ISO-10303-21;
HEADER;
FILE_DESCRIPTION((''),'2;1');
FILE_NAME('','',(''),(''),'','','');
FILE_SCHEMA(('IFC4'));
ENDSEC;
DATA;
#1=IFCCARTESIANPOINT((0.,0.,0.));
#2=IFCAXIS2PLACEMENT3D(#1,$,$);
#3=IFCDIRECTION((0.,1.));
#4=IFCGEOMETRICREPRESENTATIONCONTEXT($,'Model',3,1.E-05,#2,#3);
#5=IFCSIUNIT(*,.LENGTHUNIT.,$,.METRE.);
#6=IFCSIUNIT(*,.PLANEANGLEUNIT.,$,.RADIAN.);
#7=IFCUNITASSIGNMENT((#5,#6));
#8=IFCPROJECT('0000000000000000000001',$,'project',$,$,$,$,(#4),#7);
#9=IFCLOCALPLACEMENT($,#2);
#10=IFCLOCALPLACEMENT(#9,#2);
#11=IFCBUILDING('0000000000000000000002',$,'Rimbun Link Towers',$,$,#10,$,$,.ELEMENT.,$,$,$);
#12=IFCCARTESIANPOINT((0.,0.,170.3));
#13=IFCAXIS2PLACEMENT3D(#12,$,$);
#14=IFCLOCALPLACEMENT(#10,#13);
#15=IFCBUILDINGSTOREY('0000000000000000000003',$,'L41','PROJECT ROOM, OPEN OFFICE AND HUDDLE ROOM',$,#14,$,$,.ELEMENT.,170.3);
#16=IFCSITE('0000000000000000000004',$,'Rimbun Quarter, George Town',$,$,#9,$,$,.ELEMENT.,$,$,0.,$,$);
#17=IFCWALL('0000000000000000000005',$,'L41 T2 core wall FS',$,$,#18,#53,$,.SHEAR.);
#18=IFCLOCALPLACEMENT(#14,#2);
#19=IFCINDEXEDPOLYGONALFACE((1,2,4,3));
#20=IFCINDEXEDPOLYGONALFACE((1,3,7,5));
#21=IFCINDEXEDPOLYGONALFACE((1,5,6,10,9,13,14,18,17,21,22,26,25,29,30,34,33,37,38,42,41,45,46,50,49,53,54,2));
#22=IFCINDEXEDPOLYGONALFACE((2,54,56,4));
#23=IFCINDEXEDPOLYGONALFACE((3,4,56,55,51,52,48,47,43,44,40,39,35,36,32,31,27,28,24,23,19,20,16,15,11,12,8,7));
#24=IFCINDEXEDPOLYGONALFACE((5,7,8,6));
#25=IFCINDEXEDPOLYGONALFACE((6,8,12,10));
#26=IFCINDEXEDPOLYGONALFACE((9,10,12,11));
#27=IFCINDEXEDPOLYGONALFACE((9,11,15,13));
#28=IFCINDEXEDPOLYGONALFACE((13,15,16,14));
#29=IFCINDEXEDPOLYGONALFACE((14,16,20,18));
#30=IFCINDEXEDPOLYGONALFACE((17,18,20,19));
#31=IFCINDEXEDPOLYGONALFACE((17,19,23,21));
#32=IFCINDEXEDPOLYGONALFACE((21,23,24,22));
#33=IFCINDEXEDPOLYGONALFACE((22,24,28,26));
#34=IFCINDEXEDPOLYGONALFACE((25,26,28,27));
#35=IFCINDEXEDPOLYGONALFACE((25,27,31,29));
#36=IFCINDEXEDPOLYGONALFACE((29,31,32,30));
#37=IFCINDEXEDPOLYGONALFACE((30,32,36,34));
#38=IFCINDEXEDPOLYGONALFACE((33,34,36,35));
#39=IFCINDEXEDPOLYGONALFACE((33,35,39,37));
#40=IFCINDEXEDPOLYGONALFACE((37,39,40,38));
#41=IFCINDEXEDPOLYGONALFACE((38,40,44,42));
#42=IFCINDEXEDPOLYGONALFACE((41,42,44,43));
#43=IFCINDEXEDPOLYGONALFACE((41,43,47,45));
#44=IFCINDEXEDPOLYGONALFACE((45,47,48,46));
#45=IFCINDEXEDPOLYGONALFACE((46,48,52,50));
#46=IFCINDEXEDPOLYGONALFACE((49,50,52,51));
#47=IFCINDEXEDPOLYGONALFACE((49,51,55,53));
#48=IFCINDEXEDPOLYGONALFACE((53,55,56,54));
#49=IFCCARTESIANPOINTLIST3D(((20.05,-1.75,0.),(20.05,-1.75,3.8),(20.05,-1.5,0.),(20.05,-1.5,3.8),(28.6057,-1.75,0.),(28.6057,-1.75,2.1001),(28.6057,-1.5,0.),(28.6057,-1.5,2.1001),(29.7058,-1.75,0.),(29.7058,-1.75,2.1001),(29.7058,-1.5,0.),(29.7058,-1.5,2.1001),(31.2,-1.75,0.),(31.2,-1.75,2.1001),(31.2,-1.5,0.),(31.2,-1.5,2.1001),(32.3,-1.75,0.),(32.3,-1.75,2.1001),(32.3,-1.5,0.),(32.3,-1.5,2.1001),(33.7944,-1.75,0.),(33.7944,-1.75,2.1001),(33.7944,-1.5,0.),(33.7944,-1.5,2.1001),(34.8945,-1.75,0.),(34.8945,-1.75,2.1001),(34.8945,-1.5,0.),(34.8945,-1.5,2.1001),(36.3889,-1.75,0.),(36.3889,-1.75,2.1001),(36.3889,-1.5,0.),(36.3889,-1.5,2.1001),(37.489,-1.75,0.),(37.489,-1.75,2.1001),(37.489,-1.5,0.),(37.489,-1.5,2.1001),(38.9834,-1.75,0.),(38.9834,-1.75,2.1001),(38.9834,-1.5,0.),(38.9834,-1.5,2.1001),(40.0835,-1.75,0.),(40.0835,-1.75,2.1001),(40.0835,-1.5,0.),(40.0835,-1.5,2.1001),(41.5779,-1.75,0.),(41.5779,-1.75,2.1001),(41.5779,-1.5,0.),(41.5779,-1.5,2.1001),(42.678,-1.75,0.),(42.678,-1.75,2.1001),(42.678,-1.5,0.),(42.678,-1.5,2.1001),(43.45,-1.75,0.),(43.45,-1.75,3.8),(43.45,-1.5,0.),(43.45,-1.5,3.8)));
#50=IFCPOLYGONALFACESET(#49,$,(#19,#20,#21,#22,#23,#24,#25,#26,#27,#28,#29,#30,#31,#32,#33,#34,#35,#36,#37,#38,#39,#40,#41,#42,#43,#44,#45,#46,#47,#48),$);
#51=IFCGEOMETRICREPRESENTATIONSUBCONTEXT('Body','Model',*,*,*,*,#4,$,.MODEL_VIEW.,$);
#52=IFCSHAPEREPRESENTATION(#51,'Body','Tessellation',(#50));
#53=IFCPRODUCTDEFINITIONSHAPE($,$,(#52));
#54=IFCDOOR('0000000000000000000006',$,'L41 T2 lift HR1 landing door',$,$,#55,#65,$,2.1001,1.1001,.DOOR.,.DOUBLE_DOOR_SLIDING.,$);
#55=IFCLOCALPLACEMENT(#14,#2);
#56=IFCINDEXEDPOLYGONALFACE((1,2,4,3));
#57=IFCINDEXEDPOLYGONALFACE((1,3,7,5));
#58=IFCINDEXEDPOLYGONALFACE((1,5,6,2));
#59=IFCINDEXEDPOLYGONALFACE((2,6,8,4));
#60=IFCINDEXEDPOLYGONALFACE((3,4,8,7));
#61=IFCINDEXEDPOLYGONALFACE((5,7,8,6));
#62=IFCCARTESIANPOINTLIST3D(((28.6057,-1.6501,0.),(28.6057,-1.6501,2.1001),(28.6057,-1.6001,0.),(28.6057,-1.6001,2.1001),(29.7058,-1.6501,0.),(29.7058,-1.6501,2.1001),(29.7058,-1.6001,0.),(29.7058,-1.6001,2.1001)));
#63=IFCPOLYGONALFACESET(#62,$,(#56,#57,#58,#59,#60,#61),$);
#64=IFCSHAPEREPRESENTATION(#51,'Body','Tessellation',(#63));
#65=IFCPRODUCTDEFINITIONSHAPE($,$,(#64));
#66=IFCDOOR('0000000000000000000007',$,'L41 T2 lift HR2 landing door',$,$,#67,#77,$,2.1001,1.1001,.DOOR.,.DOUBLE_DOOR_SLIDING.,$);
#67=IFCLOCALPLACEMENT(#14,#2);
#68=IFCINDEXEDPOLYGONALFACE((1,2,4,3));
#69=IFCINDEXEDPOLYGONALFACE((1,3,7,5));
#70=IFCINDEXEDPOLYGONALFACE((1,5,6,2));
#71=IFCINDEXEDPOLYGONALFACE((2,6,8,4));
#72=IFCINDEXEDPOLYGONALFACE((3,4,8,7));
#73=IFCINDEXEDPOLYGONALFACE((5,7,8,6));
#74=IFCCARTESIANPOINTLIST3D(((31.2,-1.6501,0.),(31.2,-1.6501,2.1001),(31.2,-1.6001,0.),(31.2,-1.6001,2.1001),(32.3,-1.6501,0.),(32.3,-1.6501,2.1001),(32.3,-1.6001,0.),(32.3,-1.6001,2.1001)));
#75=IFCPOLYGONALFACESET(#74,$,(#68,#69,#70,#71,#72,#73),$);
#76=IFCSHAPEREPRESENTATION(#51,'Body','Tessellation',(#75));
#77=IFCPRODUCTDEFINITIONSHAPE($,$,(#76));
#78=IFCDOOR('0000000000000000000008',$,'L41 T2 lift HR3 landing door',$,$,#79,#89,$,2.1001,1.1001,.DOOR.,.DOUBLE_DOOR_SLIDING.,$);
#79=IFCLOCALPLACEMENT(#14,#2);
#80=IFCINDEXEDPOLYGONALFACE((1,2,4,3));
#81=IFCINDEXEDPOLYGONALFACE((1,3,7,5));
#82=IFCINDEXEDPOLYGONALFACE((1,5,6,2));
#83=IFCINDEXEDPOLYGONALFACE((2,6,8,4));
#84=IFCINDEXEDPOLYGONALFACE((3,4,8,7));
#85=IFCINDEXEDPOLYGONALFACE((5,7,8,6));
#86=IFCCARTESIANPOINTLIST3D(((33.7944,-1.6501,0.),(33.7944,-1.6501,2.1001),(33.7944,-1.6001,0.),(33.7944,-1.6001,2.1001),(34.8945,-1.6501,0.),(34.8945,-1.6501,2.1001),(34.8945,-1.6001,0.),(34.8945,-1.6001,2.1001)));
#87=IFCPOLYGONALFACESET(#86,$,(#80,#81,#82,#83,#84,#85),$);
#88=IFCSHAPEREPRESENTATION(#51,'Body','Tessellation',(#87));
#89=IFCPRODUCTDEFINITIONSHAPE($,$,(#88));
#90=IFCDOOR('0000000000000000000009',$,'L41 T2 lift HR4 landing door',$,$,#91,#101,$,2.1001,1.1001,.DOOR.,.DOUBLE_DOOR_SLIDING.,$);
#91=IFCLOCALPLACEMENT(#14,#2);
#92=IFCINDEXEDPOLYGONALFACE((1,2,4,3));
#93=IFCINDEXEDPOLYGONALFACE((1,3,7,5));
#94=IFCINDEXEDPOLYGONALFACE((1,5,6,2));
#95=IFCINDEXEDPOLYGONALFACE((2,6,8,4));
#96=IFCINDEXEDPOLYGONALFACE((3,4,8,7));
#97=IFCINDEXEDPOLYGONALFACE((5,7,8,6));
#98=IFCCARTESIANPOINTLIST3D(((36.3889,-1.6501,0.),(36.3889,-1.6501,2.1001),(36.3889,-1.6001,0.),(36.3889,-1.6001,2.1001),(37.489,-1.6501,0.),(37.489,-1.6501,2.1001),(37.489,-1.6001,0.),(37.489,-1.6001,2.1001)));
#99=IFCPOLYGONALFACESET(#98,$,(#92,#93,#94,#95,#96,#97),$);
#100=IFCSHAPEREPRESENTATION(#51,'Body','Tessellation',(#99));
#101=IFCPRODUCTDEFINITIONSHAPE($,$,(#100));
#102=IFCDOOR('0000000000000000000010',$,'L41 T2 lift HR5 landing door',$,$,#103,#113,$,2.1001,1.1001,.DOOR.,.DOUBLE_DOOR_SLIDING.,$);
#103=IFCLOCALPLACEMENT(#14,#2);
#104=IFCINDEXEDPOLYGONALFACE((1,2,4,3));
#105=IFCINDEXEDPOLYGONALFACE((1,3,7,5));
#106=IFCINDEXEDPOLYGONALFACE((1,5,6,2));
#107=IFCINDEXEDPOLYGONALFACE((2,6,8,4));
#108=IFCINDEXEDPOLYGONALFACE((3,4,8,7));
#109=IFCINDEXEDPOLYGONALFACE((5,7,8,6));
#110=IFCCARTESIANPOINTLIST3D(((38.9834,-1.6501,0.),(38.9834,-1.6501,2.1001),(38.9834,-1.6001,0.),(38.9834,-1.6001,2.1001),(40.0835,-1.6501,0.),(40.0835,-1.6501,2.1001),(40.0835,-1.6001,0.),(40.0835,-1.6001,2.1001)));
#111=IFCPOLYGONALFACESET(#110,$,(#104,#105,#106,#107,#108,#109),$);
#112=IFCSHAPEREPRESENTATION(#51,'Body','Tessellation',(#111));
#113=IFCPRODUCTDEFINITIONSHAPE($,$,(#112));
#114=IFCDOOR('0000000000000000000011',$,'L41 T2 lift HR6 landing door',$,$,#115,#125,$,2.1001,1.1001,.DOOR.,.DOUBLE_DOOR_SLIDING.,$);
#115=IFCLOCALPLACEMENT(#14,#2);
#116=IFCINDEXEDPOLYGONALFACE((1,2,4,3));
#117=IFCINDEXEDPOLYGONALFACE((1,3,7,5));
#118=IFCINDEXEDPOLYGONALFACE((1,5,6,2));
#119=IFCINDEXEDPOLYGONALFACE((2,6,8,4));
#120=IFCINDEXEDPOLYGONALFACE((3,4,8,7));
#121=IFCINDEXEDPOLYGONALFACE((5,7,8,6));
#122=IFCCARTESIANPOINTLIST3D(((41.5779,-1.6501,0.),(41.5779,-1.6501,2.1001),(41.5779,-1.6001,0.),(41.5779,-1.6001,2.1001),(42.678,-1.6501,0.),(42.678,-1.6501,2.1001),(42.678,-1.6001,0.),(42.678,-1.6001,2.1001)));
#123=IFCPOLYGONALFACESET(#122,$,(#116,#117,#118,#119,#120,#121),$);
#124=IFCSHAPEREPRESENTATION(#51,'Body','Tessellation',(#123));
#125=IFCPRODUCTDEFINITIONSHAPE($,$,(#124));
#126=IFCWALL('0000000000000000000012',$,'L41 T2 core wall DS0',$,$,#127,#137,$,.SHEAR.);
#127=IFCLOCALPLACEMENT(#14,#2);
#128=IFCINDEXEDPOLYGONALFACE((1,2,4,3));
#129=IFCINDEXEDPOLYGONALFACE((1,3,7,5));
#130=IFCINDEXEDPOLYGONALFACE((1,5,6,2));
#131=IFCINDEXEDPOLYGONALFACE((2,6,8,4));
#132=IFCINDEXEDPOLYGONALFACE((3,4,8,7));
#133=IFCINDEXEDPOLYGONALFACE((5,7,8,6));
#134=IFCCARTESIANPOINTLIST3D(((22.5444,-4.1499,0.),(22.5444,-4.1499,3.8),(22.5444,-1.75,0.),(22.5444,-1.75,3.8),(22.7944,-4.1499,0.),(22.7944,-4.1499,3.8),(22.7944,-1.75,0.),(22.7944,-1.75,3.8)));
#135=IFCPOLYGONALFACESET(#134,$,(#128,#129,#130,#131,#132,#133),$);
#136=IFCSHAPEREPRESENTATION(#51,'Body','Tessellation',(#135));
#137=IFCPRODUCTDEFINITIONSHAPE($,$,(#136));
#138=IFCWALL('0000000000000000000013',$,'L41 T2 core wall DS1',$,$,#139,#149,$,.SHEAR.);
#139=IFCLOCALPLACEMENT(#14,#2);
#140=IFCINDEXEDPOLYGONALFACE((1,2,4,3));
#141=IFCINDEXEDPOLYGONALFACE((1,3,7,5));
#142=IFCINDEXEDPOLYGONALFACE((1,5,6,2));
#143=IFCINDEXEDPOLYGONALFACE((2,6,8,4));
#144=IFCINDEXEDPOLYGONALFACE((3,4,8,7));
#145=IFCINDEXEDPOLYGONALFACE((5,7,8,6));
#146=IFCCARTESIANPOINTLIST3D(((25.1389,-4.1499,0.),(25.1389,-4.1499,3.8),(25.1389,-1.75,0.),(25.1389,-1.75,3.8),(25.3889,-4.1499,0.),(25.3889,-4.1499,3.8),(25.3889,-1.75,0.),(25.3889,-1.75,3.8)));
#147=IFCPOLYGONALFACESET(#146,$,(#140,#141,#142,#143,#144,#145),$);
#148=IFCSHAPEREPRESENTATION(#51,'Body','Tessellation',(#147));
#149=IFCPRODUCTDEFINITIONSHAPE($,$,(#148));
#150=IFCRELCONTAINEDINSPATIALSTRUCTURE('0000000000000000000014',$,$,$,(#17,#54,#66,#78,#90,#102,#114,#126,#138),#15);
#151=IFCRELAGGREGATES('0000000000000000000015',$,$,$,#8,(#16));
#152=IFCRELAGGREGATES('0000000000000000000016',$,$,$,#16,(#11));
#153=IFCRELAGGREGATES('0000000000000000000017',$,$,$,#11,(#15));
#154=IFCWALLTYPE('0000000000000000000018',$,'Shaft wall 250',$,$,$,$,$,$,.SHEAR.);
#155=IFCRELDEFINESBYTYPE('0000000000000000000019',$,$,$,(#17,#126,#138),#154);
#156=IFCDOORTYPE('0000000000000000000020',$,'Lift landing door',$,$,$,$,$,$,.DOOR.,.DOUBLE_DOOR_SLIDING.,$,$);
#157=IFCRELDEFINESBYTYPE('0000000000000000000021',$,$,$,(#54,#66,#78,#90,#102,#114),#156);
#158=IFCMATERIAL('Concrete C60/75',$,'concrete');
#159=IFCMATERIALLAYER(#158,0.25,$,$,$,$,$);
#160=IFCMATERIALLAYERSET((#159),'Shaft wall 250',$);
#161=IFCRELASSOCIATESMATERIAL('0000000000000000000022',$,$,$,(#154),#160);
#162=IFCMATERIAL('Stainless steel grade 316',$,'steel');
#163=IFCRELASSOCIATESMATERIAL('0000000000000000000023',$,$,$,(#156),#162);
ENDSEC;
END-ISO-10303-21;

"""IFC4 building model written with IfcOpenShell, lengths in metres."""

from ifc_helpers import new_model, si_unit, direction, frame, frame_2d, origin, place, context, subcontext, project, spatial, rectangle, extrude, material, layer, layer_set, type_object, element, fill, save


model = new_model("IFC4")

# Units and contexts
model_context = context("Model", 3, precision=1e-05, world=origin(), true_north=direction((0.0, 1.0)))
body_context = subcontext(model_context, "Body", "Model", "MODEL_VIEW")
ifc_project = project(units=[si_unit("LENGTHUNIT", "METRE"), si_unit("PLANEANGLEUNIT", "RADIAN")], contexts=[model_context])

# Site, building, storey
site_placement = place(None, origin())
site = spatial("IfcSite", under=ifc_project, at=site_placement, Name="Rimbun Quarter, George Town", CompositionType="ELEMENT", RefElevation=0.0)
building_placement = place(site_placement, origin())
building = spatial("IfcBuilding", under=site, at=building_placement, Name="Rimbun Link Towers", CompositionType="ELEMENT")
storey_placement = place(building_placement, frame((0.0, 0.0, 170.3)))
storey = spatial("IfcBuildingStorey", under=building, at=storey_placement, Name="L41", Description="PROJECT ROOM, OPEN OFFICE AND HUDDLE ROOM", CompositionType="ELEMENT", Elevation=170.3)

# Shared definitions
ifc_material_1 = material(Name="Concrete C60/75", Category="concrete")
ifc_layer_1 = layer(ifc_material_1, 0.25)
ifc_layer_set_1 = layer_set([ifc_layer_1], Name="Shaft wall 250")
wall_type_1 = type_object("IfcWallType", Name="Shaft wall 250", PredefinedType="SHEAR", material=ifc_layer_set_1)

# Wall, openings, doors
wall_1_placement = place(storey_placement, frame((20.05, -1.625, 0.0), z_axis=(0.0, 0.0, 1.0), x_axis=(1.0, 0.0, 0.0)))
wall_1 = element("IfcWall", 1, at=wall_1_placement, inside=storey, type_object=wall_type_1, Name="L41 T2 core wall FS", PredefinedType="SHEAR", context=body_context, shape_type="SweptSolid", body=[
    extrude(rectangle(XDim=23.3999, YDim=0.25, at=frame_2d((11.7, 0.0))), origin(), (0.0, 0.0, 1.0), 3.8),
])
opening_1_placement = place(wall_1_placement, frame((8.5557, 0.0, 0.0)))
opening_1 = element("IfcOpeningElement", 2, at=opening_1_placement, cuts=wall_1, PredefinedType="OPENING", context=body_context, shape_type="SweptSolid", body=[
    extrude(rectangle(XDim=1.1001, YDim=2.1001, at=frame_2d((0.55, 1.05))), frame((0.0, 0.135, 0.0), z_axis=(0.0, -1.0, 0.0), x_axis=(1.0, 0.0, 0.0)), (0.0, 0.0, 1.0), 0.27),
])
opening_2_placement = place(wall_1_placement, frame((11.1499, 0.0, 0.0)))
opening_2 = element("IfcOpeningElement", 3, at=opening_2_placement, cuts=wall_1, PredefinedType="OPENING", context=body_context, shape_type="SweptSolid", body=[
    extrude(rectangle(XDim=1.1001, YDim=2.1001, at=frame_2d((0.55, 1.05))), frame((0.0, 0.135, 0.0), z_axis=(0.0, -1.0, 0.0), x_axis=(1.0, 0.0, 0.0)), (0.0, 0.0, 1.0), 0.27),
])
opening_3_placement = place(wall_1_placement, frame((13.7444, 0.0, 0.0)))
opening_3 = element("IfcOpeningElement", 4, at=opening_3_placement, cuts=wall_1, PredefinedType="OPENING", context=body_context, shape_type="SweptSolid", body=[
    extrude(rectangle(XDim=1.1001, YDim=2.1001, at=frame_2d((0.55, 1.05))), frame((0.0, 0.135, 0.0), z_axis=(0.0, -1.0, 0.0), x_axis=(1.0, 0.0, 0.0)), (0.0, 0.0, 1.0), 0.27),
])
opening_4_placement = place(wall_1_placement, frame((16.3389, 0.0, 0.0)))
opening_4 = element("IfcOpeningElement", 5, at=opening_4_placement, cuts=wall_1, PredefinedType="OPENING", context=body_context, shape_type="SweptSolid", body=[
    extrude(rectangle(XDim=1.1001, YDim=2.1001, at=frame_2d((0.55, 1.05))), frame((0.0, 0.135, 0.0), z_axis=(0.0, -1.0, 0.0), x_axis=(1.0, 0.0, 0.0)), (0.0, 0.0, 1.0), 0.27),
])
opening_5_placement = place(wall_1_placement, frame((18.9333, 0.0, 0.0)))
opening_5 = element("IfcOpeningElement", 6, at=opening_5_placement, cuts=wall_1, PredefinedType="OPENING", context=body_context, shape_type="SweptSolid", body=[
    extrude(rectangle(XDim=1.1001, YDim=2.1001, at=frame_2d((0.55, 1.05))), frame((0.0, 0.135, 0.0), z_axis=(0.0, -1.0, 0.0), x_axis=(1.0, 0.0, 0.0)), (0.0, 0.0, 1.0), 0.27),
])
opening_6_placement = place(wall_1_placement, frame((21.5278, 0.0, 0.0)))
opening_6 = element("IfcOpeningElement", 7, at=opening_6_placement, cuts=wall_1, PredefinedType="OPENING", context=body_context, shape_type="SweptSolid", body=[
    extrude(rectangle(XDim=1.1001, YDim=2.1001, at=frame_2d((0.55, 1.05))), frame((0.0, 0.135, 0.0), z_axis=(0.0, -1.0, 0.0), x_axis=(1.0, 0.0, 0.0)), (0.0, 0.0, 1.0), 0.27),
])
ifc_material_2 = material(Name="Stainless steel grade 316", Category="steel")
door_type_1 = type_object("IfcDoorType", Name="Lift landing door", OperationType="DOUBLE_DOOR_SLIDING", PredefinedType="DOOR", material=ifc_material_2)
door_1_placement = place(opening_1_placement, origin())
door_1 = element("IfcDoor", 8, at=door_1_placement, inside=storey, type_object=door_type_1, Name="L41 T2 lift HR1 landing door", OperationType="DOUBLE_DOOR_SLIDING", OverallHeight=2.1001, OverallWidth=1.1001, PredefinedType="DOOR", context=body_context, shape_type="SweptSolid", body=[
    extrude(rectangle(XDim=1.1001, YDim=2.1001, at=frame_2d((0.55, 1.05))), frame((0.0, 0.0249, 0.0), z_axis=(0.0, -1.0, 0.0), x_axis=(1.0, 0.0, 0.0)), (0.0, 0.0, 1.0), 0.05),
])
fill(opening_1, door_1)
door_2_placement = place(opening_2_placement, origin())
door_2 = element("IfcDoor", 9, at=door_2_placement, inside=storey, type_object=door_type_1, Name="L41 T2 lift HR2 landing door", OperationType="DOUBLE_DOOR_SLIDING", OverallHeight=2.1001, OverallWidth=1.1001, PredefinedType="DOOR", context=body_context, shape_type="SweptSolid", body=[
    extrude(rectangle(XDim=1.1001, YDim=2.1001, at=frame_2d((0.55, 1.05))), frame((0.0, 0.0249, 0.0), z_axis=(0.0, -1.0, 0.0), x_axis=(1.0, 0.0, 0.0)), (0.0, 0.0, 1.0), 0.05),
])
fill(opening_2, door_2)
door_3_placement = place(opening_3_placement, origin())
door_3 = element("IfcDoor", 10, at=door_3_placement, inside=storey, type_object=door_type_1, Name="L41 T2 lift HR3 landing door", OperationType="DOUBLE_DOOR_SLIDING", OverallHeight=2.1001, OverallWidth=1.1001, PredefinedType="DOOR", context=body_context, shape_type="SweptSolid", body=[
    extrude(rectangle(XDim=1.1001, YDim=2.1001, at=frame_2d((0.55, 1.05))), frame((0.0, 0.0249, 0.0), z_axis=(0.0, -1.0, 0.0), x_axis=(1.0, 0.0, 0.0)), (0.0, 0.0, 1.0), 0.05),
])
fill(opening_3, door_3)
door_4_placement = place(opening_4_placement, origin())
door_4 = element("IfcDoor", 11, at=door_4_placement, inside=storey, type_object=door_type_1, Name="L41 T2 lift HR4 landing door", OperationType="DOUBLE_DOOR_SLIDING", OverallHeight=2.1001, OverallWidth=1.1001, PredefinedType="DOOR", context=body_context, shape_type="SweptSolid", body=[
    extrude(rectangle(XDim=1.1001, YDim=2.1001, at=frame_2d((0.55, 1.05))), frame((0.0, 0.0249, 0.0), z_axis=(0.0, -1.0, 0.0), x_axis=(1.0, 0.0, 0.0)), (0.0, 0.0, 1.0), 0.05),
])
fill(opening_4, door_4)
door_5_placement = place(opening_5_placement, origin())
door_5 = element("IfcDoor", 12, at=door_5_placement, inside=storey, type_object=door_type_1, Name="L41 T2 lift HR5 landing door", OperationType="DOUBLE_DOOR_SLIDING", OverallHeight=2.1001, OverallWidth=1.1001, PredefinedType="DOOR", context=body_context, shape_type="SweptSolid", body=[
    extrude(rectangle(XDim=1.1001, YDim=2.1001, at=frame_2d((0.55, 1.05))), frame((0.0, 0.0249, 0.0), z_axis=(0.0, -1.0, 0.0), x_axis=(1.0, 0.0, 0.0)), (0.0, 0.0, 1.0), 0.05),
])
fill(opening_5, door_5)
door_6_placement = place(opening_6_placement, origin())
door_6 = element("IfcDoor", 13, at=door_6_placement, inside=storey, type_object=door_type_1, Name="L41 T2 lift HR6 landing door", OperationType="DOUBLE_DOOR_SLIDING", OverallHeight=2.1001, OverallWidth=1.1001, PredefinedType="DOOR", context=body_context, shape_type="SweptSolid", body=[
    extrude(rectangle(XDim=1.1001, YDim=2.1001, at=frame_2d((0.55, 1.05))), frame((0.0, 0.0249, 0.0), z_axis=(0.0, -1.0, 0.0), x_axis=(1.0, 0.0, 0.0)), (0.0, 0.0, 1.0), 0.05),
])
fill(opening_6, door_6)

# Walls
for number, where, z_axis, x_axis, name in (
    (14, (22.6694, -4.1499, 0.0), (0.0, 0.0, 1.0), (0.0, 1.0, 0.0), "L41 T2 core wall DS0"),
    (15, (25.2639, -4.1499, 0.0), (0.0, 0.0, 1.0), (0.0, 1.0, 0.0), "L41 T2 core wall DS1"),
):
    element("IfcWall", number, at=place(storey_placement, frame(where, z_axis=z_axis, x_axis=x_axis)), inside=storey, type_object=wall_type_1, Name=name, PredefinedType="SHEAR", context=body_context, shape_type="SweptSolid", body=[
        extrude(rectangle(XDim=2.3999, YDim=0.25, at=frame_2d((1.2, 0.0))), origin(), (0.0, 0.0, 1.0), 3.8),
    ])

save(model, "model.ifc")
